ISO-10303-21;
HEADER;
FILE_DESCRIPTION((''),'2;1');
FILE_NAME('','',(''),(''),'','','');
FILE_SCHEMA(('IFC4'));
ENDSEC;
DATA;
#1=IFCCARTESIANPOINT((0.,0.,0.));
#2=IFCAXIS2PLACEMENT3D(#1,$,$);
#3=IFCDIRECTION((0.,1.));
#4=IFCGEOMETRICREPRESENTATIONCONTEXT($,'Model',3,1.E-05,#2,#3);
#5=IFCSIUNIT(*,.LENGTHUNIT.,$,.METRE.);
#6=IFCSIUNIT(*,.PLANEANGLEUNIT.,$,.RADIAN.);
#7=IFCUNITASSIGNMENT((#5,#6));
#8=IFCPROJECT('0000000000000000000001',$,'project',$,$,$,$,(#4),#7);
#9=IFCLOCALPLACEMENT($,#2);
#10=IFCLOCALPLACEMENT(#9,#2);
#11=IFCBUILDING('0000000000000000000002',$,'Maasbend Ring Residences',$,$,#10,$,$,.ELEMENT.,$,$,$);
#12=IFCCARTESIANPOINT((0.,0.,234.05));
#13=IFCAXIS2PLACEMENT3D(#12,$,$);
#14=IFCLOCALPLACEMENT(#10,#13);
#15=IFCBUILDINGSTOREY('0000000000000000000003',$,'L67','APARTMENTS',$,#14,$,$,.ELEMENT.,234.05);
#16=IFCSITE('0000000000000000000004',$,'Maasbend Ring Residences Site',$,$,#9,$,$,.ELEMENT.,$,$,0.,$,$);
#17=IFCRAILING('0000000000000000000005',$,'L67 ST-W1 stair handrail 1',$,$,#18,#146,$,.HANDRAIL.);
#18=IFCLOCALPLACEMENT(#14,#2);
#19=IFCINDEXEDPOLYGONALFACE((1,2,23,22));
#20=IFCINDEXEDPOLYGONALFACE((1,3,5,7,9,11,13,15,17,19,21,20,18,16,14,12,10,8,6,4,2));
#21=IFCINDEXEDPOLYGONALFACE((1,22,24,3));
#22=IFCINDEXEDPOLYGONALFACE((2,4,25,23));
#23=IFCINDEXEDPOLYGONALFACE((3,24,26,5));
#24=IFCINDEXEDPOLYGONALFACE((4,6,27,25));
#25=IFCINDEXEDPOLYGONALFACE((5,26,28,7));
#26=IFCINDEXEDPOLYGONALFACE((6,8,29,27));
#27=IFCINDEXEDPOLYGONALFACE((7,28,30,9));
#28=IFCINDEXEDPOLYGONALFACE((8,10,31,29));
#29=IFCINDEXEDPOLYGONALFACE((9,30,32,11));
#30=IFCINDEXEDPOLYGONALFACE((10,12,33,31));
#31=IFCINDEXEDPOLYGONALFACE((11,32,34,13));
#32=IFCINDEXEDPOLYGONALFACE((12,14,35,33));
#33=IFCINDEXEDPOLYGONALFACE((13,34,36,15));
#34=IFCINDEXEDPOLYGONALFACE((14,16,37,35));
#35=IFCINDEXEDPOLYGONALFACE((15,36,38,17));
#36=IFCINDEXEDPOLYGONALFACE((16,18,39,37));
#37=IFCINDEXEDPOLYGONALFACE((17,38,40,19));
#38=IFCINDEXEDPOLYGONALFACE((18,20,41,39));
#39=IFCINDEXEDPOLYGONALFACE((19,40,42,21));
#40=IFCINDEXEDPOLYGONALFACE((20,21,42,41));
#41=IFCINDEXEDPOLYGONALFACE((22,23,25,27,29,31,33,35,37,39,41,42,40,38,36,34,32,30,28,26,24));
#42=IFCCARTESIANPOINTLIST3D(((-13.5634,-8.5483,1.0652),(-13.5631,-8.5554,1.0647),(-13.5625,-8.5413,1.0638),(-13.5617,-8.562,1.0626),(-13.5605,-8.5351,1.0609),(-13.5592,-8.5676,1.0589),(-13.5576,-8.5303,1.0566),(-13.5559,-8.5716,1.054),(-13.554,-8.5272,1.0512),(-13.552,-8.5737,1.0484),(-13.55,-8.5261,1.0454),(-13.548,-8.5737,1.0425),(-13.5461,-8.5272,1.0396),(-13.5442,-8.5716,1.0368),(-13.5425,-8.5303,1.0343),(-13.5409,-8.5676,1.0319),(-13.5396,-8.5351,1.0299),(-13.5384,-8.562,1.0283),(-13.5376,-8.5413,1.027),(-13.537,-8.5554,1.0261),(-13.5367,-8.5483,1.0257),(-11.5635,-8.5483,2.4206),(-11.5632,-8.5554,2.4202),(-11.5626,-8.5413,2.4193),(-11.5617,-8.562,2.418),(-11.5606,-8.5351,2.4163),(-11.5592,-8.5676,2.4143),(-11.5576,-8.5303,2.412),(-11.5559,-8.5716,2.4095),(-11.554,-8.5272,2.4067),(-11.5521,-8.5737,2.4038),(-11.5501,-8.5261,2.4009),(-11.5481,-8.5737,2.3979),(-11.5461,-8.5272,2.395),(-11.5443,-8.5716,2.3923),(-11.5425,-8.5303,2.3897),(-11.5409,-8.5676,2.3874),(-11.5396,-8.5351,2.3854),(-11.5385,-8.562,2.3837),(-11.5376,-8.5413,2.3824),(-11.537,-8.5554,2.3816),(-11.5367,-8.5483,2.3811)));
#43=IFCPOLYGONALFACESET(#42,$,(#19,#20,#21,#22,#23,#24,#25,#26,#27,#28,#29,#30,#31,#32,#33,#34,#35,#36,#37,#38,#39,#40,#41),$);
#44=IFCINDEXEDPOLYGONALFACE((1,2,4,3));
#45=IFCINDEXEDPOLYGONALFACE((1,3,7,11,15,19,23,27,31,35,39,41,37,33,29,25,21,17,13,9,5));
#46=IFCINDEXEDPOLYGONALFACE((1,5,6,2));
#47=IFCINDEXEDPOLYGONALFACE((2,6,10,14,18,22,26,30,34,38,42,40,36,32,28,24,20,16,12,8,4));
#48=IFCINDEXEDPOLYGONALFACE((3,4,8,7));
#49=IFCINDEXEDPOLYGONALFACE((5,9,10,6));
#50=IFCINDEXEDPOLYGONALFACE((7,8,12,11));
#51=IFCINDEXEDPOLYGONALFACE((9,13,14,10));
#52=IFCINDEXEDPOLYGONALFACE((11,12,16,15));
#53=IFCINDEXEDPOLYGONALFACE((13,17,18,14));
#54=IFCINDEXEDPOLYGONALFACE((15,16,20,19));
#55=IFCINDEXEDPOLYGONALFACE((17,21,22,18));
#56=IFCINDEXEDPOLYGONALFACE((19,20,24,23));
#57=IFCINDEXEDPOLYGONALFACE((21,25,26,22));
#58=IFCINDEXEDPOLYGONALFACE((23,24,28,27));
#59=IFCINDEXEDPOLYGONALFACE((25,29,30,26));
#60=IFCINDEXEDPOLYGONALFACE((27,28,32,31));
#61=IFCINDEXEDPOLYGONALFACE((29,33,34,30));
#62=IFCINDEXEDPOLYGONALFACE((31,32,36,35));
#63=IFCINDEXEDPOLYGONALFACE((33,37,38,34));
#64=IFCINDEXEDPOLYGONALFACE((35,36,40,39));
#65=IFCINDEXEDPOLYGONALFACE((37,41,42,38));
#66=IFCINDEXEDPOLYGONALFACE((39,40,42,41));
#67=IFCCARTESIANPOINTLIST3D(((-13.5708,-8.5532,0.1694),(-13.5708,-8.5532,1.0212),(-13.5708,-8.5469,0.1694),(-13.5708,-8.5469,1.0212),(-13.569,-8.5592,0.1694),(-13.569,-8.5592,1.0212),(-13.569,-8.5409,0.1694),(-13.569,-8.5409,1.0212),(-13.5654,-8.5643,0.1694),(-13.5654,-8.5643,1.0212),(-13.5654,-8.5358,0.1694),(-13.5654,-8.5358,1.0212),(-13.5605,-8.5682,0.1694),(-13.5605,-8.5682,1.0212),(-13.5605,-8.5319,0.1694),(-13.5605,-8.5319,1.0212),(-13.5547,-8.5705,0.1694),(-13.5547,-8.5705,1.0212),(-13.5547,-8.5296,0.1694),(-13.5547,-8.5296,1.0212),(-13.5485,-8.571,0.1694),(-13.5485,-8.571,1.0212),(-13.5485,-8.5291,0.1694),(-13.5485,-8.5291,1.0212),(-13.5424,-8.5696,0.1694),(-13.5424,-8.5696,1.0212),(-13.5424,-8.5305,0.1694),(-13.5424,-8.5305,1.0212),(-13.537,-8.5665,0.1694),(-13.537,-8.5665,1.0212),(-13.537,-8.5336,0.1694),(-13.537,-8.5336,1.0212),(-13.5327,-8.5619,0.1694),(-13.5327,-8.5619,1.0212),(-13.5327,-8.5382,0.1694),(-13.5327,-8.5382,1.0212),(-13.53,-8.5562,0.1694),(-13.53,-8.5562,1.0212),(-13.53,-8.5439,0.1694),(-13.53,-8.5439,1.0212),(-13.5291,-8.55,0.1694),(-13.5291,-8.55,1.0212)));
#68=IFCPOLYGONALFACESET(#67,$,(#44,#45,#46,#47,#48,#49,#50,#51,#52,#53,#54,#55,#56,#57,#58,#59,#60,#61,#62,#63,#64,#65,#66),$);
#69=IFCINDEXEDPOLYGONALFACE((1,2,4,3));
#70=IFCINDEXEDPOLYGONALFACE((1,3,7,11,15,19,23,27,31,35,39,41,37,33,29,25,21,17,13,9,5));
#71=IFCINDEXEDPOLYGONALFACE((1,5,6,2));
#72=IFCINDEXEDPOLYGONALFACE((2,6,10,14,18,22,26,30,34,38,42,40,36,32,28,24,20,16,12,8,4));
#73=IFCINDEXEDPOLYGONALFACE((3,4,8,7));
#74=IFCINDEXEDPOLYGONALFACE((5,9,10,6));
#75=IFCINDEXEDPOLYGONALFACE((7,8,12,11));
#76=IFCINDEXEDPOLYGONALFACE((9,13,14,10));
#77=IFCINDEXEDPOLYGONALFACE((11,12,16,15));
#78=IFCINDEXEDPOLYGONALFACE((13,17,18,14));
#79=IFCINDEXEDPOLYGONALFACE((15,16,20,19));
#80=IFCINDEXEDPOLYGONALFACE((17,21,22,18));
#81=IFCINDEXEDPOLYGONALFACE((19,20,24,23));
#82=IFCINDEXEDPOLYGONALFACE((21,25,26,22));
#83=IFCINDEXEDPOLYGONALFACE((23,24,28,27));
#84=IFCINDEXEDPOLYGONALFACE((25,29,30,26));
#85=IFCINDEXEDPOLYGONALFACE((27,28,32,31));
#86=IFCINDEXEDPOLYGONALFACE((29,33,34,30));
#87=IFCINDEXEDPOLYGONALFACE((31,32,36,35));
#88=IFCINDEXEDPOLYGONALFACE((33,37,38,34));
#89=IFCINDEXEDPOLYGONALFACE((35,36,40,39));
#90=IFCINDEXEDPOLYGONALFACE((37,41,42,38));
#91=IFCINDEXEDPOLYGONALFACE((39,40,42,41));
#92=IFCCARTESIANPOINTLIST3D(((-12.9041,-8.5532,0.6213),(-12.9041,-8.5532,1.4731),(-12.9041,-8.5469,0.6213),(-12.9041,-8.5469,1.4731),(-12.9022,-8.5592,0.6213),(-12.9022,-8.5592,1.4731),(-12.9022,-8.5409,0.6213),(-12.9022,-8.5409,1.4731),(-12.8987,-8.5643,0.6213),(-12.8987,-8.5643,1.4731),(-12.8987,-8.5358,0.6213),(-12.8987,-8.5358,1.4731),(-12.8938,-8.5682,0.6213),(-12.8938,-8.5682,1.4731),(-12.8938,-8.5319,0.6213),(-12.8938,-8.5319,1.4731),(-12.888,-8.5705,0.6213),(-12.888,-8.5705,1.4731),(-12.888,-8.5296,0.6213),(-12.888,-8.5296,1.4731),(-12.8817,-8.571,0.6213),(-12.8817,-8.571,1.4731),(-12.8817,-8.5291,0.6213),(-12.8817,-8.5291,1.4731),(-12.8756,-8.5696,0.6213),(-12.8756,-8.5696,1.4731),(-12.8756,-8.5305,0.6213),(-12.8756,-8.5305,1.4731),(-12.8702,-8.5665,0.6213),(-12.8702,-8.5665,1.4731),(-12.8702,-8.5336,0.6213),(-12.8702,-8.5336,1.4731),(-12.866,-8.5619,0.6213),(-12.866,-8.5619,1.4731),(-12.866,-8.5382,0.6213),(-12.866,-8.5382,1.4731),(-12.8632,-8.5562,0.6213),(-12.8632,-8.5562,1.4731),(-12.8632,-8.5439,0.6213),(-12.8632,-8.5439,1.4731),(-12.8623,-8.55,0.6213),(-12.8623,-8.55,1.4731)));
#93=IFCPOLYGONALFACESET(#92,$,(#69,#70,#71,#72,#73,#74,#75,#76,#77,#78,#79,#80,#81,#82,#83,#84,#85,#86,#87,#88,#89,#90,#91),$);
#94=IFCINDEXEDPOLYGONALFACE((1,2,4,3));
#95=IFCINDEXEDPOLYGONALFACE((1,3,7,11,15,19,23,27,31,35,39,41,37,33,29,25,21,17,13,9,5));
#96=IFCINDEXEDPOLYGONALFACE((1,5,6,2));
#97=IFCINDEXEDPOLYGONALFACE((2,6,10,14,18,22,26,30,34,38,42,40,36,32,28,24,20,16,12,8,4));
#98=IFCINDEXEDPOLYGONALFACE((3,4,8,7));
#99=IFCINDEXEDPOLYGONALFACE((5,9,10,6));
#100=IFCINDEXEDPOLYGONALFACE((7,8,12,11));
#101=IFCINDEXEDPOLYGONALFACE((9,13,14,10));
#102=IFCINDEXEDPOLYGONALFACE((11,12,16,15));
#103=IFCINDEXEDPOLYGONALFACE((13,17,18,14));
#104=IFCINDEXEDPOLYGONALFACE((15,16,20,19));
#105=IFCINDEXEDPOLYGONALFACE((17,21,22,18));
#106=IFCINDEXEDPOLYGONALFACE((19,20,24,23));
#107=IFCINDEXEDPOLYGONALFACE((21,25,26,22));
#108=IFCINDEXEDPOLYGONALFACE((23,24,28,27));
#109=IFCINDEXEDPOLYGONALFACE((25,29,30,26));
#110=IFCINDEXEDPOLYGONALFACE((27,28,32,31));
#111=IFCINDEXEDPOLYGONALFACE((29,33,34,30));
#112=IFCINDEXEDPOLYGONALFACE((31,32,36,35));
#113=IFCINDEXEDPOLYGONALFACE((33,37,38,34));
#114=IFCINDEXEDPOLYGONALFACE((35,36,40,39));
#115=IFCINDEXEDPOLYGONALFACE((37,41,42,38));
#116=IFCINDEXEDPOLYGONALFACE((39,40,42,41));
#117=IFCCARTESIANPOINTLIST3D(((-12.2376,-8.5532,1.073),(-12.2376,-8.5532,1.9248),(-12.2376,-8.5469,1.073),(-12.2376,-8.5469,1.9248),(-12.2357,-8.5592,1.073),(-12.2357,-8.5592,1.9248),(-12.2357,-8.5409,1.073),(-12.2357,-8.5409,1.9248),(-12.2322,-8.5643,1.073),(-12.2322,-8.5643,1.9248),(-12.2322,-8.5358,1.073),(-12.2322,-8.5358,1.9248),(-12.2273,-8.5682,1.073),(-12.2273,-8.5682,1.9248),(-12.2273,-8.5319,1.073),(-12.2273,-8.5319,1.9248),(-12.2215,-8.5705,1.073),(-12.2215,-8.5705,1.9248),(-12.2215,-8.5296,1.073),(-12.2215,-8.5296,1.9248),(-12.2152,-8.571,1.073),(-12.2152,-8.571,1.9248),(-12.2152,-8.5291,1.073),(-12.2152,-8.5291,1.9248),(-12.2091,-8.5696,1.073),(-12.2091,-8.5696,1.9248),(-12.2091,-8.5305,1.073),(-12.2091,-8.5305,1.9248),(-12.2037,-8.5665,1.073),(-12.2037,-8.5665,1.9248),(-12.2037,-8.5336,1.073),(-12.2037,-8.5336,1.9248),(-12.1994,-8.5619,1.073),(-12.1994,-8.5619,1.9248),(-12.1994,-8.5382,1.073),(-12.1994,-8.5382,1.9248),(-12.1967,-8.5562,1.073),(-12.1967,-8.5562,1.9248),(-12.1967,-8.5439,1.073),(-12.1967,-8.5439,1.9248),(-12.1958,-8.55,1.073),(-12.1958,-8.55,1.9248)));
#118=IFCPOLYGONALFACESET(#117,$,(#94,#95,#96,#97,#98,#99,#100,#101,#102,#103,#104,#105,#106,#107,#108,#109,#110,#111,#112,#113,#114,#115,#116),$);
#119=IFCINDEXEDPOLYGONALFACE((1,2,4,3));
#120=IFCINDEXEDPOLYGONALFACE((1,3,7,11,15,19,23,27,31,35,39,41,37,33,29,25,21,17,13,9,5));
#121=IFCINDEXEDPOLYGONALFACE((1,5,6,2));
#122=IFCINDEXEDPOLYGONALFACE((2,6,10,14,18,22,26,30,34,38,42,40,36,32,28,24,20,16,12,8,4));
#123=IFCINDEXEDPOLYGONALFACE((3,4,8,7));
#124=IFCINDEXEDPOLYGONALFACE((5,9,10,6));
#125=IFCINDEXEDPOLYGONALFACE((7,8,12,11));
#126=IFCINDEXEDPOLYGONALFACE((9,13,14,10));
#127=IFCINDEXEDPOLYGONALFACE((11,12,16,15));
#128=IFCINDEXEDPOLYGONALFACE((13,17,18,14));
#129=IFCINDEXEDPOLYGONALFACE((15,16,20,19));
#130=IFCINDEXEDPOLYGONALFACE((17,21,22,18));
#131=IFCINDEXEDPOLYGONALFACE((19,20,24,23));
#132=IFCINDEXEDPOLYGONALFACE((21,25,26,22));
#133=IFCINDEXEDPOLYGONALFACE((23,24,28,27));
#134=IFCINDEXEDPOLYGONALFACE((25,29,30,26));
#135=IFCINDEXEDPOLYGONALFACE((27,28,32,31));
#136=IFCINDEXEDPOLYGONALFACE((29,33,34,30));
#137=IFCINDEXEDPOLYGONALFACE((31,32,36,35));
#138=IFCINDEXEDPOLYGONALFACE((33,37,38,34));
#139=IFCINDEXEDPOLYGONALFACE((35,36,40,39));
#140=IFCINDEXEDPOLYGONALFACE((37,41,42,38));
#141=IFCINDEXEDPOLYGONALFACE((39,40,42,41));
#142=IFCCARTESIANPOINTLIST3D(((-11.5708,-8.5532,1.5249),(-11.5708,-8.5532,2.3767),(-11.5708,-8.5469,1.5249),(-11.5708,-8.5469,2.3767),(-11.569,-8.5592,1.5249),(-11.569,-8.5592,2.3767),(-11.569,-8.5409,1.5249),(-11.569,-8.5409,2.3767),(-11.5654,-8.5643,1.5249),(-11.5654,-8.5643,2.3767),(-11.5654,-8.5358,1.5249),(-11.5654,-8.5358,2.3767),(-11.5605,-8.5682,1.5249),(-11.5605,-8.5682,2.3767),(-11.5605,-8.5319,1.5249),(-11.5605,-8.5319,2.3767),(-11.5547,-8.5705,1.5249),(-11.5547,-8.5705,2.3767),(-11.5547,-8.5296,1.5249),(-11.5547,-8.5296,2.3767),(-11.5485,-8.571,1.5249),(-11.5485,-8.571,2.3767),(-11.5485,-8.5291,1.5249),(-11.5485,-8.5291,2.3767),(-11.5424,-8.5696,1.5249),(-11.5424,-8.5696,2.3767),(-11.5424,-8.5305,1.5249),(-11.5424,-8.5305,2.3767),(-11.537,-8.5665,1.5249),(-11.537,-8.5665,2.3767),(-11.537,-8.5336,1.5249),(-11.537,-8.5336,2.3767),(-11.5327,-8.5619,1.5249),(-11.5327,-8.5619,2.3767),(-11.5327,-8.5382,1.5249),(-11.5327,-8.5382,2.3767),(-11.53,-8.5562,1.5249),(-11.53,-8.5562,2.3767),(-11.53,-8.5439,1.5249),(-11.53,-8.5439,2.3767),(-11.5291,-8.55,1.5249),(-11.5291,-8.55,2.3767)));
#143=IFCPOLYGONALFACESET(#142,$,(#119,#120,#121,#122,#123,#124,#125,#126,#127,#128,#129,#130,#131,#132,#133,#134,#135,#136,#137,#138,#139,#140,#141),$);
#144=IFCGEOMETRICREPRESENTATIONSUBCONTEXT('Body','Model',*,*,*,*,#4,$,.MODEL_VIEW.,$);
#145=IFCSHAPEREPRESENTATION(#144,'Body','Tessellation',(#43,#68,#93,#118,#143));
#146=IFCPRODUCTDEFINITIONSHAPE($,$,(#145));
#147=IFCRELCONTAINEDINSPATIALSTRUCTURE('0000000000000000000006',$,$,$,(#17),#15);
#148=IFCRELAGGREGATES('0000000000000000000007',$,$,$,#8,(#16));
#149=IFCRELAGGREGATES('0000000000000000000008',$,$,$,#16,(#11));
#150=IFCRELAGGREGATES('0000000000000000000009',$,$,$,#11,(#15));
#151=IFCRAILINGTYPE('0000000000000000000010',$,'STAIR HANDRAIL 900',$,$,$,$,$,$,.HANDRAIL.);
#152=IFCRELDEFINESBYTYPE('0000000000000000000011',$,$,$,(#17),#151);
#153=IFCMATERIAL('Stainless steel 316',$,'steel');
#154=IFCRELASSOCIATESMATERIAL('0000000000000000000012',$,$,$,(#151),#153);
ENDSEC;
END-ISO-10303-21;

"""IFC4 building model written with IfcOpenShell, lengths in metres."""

from ifc_helpers import new_model, si_unit, direction, frame, origin, origin_2d, place, context, subcontext, project, spatial, circle, extrude, material, type_object, element, save


model = new_model("IFC4")

# Units and contexts
model_context = context("Model", 3, precision=1e-05, world=origin(), true_north=direction((0.0, 1.0)))
body_context = subcontext(model_context, "Body", "Model", "MODEL_VIEW")
ifc_project = project(units=[si_unit("LENGTHUNIT", "METRE"), si_unit("PLANEANGLEUNIT", "RADIAN")], contexts=[model_context])

# Site, building, storey
site_placement = place(None, origin())
site = spatial("IfcSite", under=ifc_project, at=site_placement, Name="Maasbend Ring Residences Site", CompositionType="ELEMENT", RefElevation=0.0)
building_placement = place(site_placement, origin())
building = spatial("IfcBuilding", under=site, at=building_placement, Name="Maasbend Ring Residences", CompositionType="ELEMENT")
storey_placement = place(building_placement, frame((0.0, 0.0, 234.05)))
storey = spatial("IfcBuildingStorey", under=building, at=storey_placement, Name="L67", Description="APARTMENTS", CompositionType="ELEMENT", Elevation=234.05)

# Railing
ifc_material_1 = material(Name="Stainless steel 316", Category="steel")
railing_type_1 = type_object("IfcRailingType", Name="STAIR HANDRAIL 900", PredefinedType="HANDRAIL", material=ifc_material_1)
railing_1_placement = place(storey_placement, frame((-13.55, -8.55, 0.1694)))
element("IfcRailing", 1, at=railing_1_placement, inside=storey, type_object=railing_type_1, Name="L67 ST-W1 stair handrail 1", PredefinedType="HANDRAIL", context=body_context, shape_type="SweptSolid", body=[
    extrude(circle(Radius=0.0239, at=origin_2d()), frame((0.0, 0.0, 0.876), z_axis=(0.827798, 0.0, 0.561027), x_axis=(0.0, 1.0, 0.0)), (0.0, 0.0, 1.0), 2.416),
    extrude(circle(Radius=0.021, at=origin_2d()), origin(), (0.0, 0.0, 1.0), 0.8518),
    extrude(circle(Radius=0.021, at=origin_2d()), frame((0.6667, 0.0, 0.4519)), (0.0, 0.0, 1.0), 0.8518),
    extrude(circle(Radius=0.021, at=origin_2d()), frame((1.3333, 0.0, 0.9036)), (0.0, 0.0, 1.0), 0.8518),
    extrude(circle(Radius=0.021, at=origin_2d()), frame((2.0, 0.0, 1.3555)), (0.0, 0.0, 1.0), 0.8518),
])

save(model, "model.ifc")
